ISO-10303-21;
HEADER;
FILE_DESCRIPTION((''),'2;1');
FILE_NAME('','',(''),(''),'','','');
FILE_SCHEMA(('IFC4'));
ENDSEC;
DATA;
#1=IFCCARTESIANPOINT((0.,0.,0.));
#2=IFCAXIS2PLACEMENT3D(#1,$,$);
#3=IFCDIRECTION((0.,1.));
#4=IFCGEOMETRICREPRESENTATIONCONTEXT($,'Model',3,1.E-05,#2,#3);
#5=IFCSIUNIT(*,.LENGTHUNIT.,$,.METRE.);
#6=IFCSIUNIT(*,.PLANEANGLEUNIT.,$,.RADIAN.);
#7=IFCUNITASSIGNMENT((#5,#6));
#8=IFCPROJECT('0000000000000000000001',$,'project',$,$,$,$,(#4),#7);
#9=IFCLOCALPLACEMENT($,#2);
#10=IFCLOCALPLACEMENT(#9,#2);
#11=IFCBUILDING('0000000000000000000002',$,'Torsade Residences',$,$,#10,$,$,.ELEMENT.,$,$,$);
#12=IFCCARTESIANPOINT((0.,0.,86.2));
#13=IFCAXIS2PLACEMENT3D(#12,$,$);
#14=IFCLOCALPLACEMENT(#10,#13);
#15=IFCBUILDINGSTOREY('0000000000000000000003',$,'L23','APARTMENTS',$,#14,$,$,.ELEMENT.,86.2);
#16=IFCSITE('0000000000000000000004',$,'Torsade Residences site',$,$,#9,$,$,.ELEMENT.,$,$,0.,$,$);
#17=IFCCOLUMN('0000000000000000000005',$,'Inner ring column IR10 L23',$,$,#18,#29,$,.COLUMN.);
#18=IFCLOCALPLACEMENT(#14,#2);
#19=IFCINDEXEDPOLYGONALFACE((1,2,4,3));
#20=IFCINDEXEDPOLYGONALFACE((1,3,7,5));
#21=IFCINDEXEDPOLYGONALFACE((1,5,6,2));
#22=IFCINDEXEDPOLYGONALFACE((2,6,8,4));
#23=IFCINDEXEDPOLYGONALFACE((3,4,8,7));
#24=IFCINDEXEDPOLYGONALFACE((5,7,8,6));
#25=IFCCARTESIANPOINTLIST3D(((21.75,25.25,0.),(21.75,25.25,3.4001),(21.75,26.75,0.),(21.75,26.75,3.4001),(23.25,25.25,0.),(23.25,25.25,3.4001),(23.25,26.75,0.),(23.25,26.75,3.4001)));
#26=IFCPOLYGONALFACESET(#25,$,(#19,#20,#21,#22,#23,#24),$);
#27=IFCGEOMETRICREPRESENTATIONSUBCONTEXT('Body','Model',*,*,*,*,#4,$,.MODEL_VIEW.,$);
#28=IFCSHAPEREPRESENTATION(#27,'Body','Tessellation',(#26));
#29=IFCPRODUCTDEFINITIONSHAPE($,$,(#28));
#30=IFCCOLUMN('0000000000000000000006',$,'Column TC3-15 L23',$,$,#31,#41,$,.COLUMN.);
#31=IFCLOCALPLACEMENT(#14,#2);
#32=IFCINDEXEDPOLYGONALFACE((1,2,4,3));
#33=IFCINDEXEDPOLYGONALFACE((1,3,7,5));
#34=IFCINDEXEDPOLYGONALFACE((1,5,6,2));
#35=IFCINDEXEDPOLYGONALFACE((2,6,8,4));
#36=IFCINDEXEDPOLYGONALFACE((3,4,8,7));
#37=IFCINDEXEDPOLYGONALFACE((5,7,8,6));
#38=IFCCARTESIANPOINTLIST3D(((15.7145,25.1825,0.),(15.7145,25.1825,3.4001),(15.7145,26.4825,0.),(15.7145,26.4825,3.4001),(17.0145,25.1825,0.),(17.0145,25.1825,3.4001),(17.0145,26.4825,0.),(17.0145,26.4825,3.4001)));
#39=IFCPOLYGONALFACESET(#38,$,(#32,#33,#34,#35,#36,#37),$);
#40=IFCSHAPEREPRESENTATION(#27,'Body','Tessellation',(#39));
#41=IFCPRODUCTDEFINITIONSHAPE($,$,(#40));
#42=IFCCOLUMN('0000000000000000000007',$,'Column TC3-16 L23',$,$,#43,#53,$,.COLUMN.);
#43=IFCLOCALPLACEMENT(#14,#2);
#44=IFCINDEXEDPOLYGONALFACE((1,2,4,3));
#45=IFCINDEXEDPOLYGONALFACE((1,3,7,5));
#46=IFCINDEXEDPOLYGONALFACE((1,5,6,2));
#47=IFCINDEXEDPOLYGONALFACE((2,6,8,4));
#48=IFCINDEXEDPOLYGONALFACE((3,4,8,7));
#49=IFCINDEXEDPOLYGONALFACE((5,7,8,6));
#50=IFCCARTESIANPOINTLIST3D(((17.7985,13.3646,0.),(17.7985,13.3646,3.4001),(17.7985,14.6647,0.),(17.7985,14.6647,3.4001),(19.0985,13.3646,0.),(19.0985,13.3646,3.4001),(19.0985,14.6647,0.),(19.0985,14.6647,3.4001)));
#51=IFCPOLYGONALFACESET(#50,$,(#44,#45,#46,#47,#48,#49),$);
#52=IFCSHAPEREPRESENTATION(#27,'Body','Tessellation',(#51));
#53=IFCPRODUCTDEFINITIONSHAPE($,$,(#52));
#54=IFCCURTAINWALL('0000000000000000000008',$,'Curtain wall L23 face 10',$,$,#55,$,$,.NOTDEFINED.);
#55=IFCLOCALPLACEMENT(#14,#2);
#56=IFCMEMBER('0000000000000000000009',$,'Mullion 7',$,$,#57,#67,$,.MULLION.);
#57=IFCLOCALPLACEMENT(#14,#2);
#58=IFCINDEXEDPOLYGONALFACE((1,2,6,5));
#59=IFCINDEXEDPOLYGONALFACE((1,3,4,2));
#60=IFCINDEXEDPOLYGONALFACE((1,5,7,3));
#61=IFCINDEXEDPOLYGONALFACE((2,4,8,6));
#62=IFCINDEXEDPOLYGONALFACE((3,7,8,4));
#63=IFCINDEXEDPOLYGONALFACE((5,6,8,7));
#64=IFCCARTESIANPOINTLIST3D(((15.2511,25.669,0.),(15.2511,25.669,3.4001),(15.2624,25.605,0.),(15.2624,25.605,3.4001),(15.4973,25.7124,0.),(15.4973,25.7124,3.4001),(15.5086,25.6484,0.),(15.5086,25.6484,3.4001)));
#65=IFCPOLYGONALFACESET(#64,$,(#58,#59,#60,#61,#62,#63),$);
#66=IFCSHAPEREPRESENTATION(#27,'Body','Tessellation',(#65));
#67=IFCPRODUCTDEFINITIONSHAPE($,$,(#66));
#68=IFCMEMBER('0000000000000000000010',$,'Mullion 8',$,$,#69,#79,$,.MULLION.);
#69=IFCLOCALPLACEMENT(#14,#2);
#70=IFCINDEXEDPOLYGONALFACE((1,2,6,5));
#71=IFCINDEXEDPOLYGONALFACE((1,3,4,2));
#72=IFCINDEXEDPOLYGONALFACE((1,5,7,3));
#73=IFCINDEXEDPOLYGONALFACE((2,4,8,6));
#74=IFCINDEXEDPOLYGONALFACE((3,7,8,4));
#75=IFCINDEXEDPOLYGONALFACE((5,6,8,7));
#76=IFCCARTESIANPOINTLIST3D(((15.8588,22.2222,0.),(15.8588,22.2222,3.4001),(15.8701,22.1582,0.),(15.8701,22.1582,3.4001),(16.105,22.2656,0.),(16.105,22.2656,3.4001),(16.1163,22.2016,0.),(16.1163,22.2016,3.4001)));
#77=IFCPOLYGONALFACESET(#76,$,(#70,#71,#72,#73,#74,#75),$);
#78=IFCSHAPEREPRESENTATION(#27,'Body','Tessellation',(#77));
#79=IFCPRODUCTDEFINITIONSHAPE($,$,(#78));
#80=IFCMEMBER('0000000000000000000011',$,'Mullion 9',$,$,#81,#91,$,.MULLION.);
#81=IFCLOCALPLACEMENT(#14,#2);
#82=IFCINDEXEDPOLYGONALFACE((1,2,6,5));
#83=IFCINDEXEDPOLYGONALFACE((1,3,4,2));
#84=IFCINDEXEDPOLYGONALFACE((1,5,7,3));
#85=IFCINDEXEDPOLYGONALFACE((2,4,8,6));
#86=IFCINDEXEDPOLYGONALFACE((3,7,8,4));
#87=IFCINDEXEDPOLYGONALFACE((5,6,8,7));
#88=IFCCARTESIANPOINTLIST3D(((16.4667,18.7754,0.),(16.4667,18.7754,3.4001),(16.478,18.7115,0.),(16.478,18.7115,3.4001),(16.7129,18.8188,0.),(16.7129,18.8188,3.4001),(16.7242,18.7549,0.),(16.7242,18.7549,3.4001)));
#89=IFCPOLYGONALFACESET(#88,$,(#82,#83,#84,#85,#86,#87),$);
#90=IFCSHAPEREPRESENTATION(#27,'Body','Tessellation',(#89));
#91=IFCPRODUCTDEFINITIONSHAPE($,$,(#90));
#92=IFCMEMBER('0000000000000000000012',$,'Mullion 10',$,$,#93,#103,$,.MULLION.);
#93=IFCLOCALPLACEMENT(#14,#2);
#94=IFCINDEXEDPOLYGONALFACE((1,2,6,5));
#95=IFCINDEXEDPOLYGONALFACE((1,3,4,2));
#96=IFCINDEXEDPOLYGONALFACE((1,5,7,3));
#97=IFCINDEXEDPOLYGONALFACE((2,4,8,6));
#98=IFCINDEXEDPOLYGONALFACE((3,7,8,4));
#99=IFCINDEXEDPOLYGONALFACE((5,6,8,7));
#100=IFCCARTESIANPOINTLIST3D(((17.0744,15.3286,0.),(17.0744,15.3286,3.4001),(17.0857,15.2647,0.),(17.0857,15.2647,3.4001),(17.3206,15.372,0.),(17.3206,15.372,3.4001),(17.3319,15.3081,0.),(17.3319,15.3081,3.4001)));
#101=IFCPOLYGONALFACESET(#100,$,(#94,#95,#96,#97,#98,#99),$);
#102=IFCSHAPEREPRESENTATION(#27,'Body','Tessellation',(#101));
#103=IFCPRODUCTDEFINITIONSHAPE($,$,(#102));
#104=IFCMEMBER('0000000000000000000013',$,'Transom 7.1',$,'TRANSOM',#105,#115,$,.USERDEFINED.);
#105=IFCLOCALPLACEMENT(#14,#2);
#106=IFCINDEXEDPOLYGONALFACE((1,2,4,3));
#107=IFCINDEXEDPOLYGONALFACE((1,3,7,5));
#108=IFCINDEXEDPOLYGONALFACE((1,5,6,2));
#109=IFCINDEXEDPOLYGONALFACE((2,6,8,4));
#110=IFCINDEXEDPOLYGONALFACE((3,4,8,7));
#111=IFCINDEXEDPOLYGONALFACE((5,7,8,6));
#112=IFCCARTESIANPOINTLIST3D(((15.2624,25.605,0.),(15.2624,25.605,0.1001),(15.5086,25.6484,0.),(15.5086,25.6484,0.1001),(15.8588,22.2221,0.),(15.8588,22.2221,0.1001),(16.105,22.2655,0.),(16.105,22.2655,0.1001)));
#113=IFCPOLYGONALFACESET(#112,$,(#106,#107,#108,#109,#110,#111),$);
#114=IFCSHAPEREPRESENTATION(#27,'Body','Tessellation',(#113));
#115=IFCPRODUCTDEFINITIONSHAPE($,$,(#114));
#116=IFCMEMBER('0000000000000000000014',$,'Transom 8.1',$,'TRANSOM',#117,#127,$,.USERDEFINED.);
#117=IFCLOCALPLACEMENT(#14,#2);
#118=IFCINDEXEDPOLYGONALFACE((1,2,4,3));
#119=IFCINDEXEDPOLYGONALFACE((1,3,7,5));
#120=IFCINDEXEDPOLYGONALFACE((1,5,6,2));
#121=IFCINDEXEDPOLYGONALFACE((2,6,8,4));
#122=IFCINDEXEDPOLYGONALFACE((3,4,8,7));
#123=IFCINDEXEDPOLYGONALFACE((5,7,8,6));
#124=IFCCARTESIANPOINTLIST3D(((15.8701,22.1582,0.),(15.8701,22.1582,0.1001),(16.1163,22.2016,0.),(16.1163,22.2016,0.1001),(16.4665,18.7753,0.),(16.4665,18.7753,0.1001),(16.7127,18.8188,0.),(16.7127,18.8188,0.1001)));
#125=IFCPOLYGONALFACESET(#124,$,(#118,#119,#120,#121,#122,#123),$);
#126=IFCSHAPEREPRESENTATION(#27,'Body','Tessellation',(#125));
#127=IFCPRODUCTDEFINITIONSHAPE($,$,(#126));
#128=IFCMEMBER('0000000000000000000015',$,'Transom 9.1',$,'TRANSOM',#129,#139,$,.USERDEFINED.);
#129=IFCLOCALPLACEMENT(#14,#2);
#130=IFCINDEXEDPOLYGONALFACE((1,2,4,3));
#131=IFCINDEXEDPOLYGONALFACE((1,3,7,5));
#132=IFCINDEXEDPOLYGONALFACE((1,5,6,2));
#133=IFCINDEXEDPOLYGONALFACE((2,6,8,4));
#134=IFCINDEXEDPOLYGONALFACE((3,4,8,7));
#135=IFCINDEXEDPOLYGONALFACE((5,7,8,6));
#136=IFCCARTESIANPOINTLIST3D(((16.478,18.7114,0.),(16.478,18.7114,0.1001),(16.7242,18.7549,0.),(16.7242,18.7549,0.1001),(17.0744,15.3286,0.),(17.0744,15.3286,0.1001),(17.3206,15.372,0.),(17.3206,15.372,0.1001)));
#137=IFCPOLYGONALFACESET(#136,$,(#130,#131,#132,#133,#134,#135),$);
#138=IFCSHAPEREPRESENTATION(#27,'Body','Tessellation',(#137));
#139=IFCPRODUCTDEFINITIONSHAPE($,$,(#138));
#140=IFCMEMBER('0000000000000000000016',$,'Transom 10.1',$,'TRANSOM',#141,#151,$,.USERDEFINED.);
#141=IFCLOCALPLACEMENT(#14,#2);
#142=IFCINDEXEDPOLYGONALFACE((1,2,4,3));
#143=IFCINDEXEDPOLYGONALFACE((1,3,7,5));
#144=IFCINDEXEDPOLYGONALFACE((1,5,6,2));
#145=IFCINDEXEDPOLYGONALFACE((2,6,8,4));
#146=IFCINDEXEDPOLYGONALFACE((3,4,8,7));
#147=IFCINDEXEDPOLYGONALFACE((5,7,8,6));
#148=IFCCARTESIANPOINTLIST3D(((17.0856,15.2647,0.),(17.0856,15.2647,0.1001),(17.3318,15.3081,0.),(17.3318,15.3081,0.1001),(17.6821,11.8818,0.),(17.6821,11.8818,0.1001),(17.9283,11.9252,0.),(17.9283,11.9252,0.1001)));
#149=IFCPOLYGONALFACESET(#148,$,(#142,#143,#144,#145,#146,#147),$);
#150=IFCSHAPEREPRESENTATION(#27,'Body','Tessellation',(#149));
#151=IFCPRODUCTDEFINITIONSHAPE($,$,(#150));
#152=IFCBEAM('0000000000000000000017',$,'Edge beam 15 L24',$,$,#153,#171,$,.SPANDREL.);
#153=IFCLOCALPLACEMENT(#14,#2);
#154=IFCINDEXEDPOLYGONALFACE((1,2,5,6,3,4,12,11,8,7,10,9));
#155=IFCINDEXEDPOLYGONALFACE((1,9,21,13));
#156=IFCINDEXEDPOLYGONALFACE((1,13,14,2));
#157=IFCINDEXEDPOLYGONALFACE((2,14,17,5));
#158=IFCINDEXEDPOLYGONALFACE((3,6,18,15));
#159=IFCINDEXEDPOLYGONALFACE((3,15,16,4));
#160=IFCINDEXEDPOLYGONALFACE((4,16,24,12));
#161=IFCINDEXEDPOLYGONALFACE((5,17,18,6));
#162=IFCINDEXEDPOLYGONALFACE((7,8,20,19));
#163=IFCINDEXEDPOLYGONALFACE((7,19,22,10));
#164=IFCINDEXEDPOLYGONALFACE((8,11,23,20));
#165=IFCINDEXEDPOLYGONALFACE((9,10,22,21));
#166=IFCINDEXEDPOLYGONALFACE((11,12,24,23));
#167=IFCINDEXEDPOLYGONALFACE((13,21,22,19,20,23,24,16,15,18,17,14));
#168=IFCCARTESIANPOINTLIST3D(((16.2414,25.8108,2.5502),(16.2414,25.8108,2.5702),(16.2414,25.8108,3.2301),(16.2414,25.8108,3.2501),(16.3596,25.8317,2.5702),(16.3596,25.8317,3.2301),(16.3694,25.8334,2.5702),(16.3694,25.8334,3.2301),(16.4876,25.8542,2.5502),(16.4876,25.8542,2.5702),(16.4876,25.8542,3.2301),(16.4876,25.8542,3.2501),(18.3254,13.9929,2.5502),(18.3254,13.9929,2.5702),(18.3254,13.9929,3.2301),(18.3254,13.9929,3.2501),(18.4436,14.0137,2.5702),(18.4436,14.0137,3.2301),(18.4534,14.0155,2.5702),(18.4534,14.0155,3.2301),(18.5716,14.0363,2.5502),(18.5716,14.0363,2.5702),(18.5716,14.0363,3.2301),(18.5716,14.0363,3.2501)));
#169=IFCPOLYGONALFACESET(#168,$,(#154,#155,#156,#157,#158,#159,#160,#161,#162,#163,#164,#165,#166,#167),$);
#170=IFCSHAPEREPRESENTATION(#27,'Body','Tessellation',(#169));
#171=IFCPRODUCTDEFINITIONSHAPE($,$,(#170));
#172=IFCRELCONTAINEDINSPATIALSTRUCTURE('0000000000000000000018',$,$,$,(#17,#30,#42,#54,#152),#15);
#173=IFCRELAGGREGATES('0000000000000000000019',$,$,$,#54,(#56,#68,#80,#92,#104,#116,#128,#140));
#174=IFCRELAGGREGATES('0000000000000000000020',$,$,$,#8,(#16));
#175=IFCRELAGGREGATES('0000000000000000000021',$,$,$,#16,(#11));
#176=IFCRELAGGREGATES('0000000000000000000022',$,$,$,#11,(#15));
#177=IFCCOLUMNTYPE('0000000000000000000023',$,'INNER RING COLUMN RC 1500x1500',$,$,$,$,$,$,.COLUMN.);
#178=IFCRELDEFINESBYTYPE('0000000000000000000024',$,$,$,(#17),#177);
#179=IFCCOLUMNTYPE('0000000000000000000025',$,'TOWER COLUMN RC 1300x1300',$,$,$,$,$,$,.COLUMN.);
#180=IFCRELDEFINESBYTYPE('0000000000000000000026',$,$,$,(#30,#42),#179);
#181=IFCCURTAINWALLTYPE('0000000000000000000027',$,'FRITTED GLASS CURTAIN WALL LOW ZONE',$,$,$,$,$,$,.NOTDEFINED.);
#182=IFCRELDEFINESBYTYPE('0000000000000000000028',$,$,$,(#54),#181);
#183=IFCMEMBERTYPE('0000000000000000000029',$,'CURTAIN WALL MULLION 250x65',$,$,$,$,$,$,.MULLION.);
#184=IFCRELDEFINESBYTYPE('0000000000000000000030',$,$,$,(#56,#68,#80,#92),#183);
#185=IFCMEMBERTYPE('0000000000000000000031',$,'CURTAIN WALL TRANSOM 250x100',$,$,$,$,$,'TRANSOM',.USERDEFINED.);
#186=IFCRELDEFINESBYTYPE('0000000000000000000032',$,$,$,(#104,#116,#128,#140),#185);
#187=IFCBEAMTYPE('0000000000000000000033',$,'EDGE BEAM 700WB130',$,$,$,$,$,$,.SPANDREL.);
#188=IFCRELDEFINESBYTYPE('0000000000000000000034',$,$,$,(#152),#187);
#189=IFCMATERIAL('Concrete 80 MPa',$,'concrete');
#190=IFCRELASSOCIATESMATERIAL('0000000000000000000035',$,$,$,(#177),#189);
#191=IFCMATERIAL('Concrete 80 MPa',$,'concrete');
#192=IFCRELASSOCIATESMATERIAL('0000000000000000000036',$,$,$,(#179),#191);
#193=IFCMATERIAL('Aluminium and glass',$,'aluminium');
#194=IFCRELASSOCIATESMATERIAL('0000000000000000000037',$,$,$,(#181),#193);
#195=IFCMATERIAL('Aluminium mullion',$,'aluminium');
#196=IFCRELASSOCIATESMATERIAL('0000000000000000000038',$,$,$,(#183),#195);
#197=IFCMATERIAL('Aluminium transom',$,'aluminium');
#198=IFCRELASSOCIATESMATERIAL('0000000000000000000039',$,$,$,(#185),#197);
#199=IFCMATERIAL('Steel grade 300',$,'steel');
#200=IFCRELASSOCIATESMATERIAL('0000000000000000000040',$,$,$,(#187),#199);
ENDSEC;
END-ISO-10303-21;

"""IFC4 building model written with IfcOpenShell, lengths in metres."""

from ifc_helpers import new_model, si_unit, direction, frame, origin, origin_2d, place, context, subcontext, project, spatial, rectangle, i_section, extrude, material, material_profile, profile_set, type_object, element, aggregate, save


model = new_model("IFC4")

# Units and contexts
model_context = context("Model", 3, precision=1e-05, world=origin(), true_north=direction((0.0, 1.0)))
body_context = subcontext(model_context, "Body", "Model", "MODEL_VIEW")
ifc_project = project(units=[si_unit("LENGTHUNIT", "METRE"), si_unit("PLANEANGLEUNIT", "RADIAN")], contexts=[model_context])

# Site, building, storey
site_placement = place(None, origin())
site = spatial("IfcSite", under=ifc_project, at=site_placement, Name="Torsade Residences site", CompositionType="ELEMENT", RefElevation=0.0)
building_placement = place(site_placement, origin())
building = spatial("IfcBuilding", under=site, at=building_placement, Name="Torsade Residences", CompositionType="ELEMENT")
storey_placement = place(building_placement, frame((0.0, 0.0, 86.2)))
storey = spatial("IfcBuildingStorey", under=building, at=storey_placement, Name="L23", Description="APARTMENTS", CompositionType="ELEMENT", Elevation=86.2)

# Columns
ifc_material_1 = material(Name="Concrete 80 MPa", Category="concrete")
ifc_material_profile_1 = material_profile(ifc_material_1, rectangle(XDim=1.5, YDim=1.5, at=origin_2d()), Name="RC 1500x1500")
ifc_profile_set_1 = profile_set([ifc_material_profile_1], Name="Concrete 80 MPa")
column_type_1 = type_object("IfcColumnType", Name="INNER RING COLUMN RC 1500x1500", PredefinedType="COLUMN", material=ifc_profile_set_1)
column_placement = place(storey_placement, frame((22.5, 26.0, 0.0), z_axis=(0.0, 0.0, 1.0), x_axis=(1.0, 0.0, 0.0)))
element("IfcColumn", 1, at=column_placement, inside=storey, type_object=column_type_1, Name="Inner ring column IR10 L23", PredefinedType="COLUMN", context=body_context, shape_type="SweptSolid", body=[
    extrude(rectangle(XDim=1.5, YDim=1.5, at=origin_2d()), origin(), (0.0, 0.0, 1.0), 3.4001),
])
ifc_material_2 = material(Name="Concrete 80 MPa", Category="concrete")
ifc_material_profile_2 = material_profile(ifc_material_2, rectangle(XDim=1.3, YDim=1.3, at=origin_2d()), Name="RC 1300x1300")
ifc_profile_set_2 = profile_set([ifc_material_profile_2], Name="Concrete 80 MPa")
column_type_2 = type_object("IfcColumnType", Name="TOWER COLUMN RC 1300x1300", PredefinedType="COLUMN", material=ifc_profile_set_2)
for number, where, z_axis, x_axis, name in (
    (2, (16.3645, 25.8325, 0.0), (0.0, 0.0, 1.0), (1.0, 0.0, 0.0), "Column TC3-15 L23"),
    (3, (18.4485, 14.0146, 0.0), (0.0, 0.0, 1.0), (1.0, 0.0, 0.0), "Column TC3-16 L23"),
):
    element("IfcColumn", number, at=place(storey_placement, frame(where, z_axis=z_axis, x_axis=x_axis)), inside=storey, type_object=column_type_2, Name=name, PredefinedType="COLUMN", context=body_context, shape_type="SweptSolid", body=[
        extrude(rectangle(XDim=1.3, YDim=1.3, at=origin_2d()), origin(), (0.0, 0.0, 1.0), 3.4001),
    ])

# Curtain wall, members
ifc_material_3 = material(Name="Aluminium and glass", Category="aluminium")
curtain_wall_type = type_object("IfcCurtainWallType", Name="FRITTED GLASS CURTAIN WALL LOW ZONE", PredefinedType="NOTDEFINED", material=ifc_material_3)
curtain_wall_placement = place(storey_placement, origin())
curtain_wall = element("IfcCurtainWall", 4, at=curtain_wall_placement, inside=storey, type_object=curtain_wall_type, Name="Curtain wall L23 face 10", PredefinedType="NOTDEFINED")
ifc_material_4 = material(Name="Aluminium mullion", Category="aluminium")
ifc_material_profile_3 = material_profile(ifc_material_4, rectangle(XDim=0.25, YDim=0.0649, at=origin_2d()), Name="CURTAIN WALL MULLION 250x65")
ifc_profile_set_3 = profile_set([ifc_material_profile_3], Name="Aluminium mullion")
member_type_1 = type_object("IfcMemberType", Name="CURTAIN WALL MULLION 250x65", PredefinedType="MULLION", material=ifc_profile_set_3)
member_1_placement = place(storey_placement, frame((15.3799, 25.6587, 0.0), z_axis=(0.0, 0.0, 1.0), x_axis=(0.984808, 0.173648, 0.0)))
member_1 = element("IfcMember", 5, at=member_1_placement, type_object=member_type_1, Name="Mullion 7", PredefinedType="MULLION", context=body_context, shape_type="SweptSolid", body=[
    extrude(rectangle(XDim=0.25, YDim=0.0649, at=origin_2d()), origin(), (0.0, 0.0, 1.0), 3.4001),
])
member_2_placement = place(storey_placement, frame((15.9875, 22.2119, 0.0), z_axis=(0.0, 0.0, 1.0), x_axis=(0.984808, 0.173648, 0.0)))
member_2 = element("IfcMember", 6, at=member_2_placement, type_object=member_type_1, Name="Mullion 8", PredefinedType="MULLION", context=body_context, shape_type="SweptSolid", body=[
    extrude(rectangle(XDim=0.25, YDim=0.0649, at=origin_2d()), origin(), (0.0, 0.0, 1.0), 3.4001),
])
member_3_placement = place(storey_placement, frame((16.5955, 18.7651, 0.0), z_axis=(0.0, 0.0, 1.0), x_axis=(0.984808, 0.173648, 0.0)))
member_3 = element("IfcMember", 7, at=member_3_placement, type_object=member_type_1, Name="Mullion 9", PredefinedType="MULLION", context=body_context, shape_type="SweptSolid", body=[
    extrude(rectangle(XDim=0.25, YDim=0.0649, at=origin_2d()), origin(), (0.0, 0.0, 1.0), 3.4001),
])
member_4_placement = place(storey_placement, frame((17.2031, 15.3184, 0.0), z_axis=(0.0, 0.0, 1.0), x_axis=(0.984808, 0.173648, 0.0)))
member_4 = element("IfcMember", 8, at=member_4_placement, type_object=member_type_1, Name="Mullion 10", PredefinedType="MULLION", context=body_context, shape_type="SweptSolid", body=[
    extrude(rectangle(XDim=0.25, YDim=0.0649, at=origin_2d()), origin(), (0.0, 0.0, 1.0), 3.4001),
])
ifc_material_5 = material(Name="Aluminium transom", Category="aluminium")
ifc_material_profile_4 = material_profile(ifc_material_5, rectangle(XDim=0.25, YDim=0.1001, at=origin_2d()), Name="CURTAIN WALL TRANSOM 250x100")
ifc_profile_set_4 = profile_set([ifc_material_profile_4], Name="Aluminium transom")
member_type_2 = type_object("IfcMemberType", Name="CURTAIN WALL TRANSOM 250x100", ElementType="TRANSOM", PredefinedType="USERDEFINED", material=ifc_profile_set_4)
member_5_placement = place(storey_placement, frame((15.3855, 25.6267, 0.05), z_axis=(0.173635, -0.98481, 0.0), x_axis=(0.98481, 0.173635, 0.0)))
member_5 = element("IfcMember", 9, at=member_5_placement, type_object=member_type_2, Name="Transom 7.1", ObjectType="TRANSOM", PredefinedType="USERDEFINED", context=body_context, shape_type="SweptSolid", body=[
    extrude(rectangle(XDim=0.25, YDim=0.1001, at=origin_2d()), origin(), (0.0, 0.0, 1.0), 3.4351),
])
member_6_placement = place(storey_placement, frame((15.9932, 22.1799, 0.05), z_axis=(0.173635, -0.98481, 0.0), x_axis=(0.98481, 0.173635, 0.0)))
member_6 = element("IfcMember", 10, at=member_6_placement, type_object=member_type_2, Name="Transom 8.1", ObjectType="TRANSOM", PredefinedType="USERDEFINED", context=body_context, shape_type="SweptSolid", body=[
    extrude(rectangle(XDim=0.25, YDim=0.1001, at=origin_2d()), origin(), (0.0, 0.0, 1.0), 3.4351),
])
member_7_placement = place(storey_placement, frame((16.6011, 18.7332, 0.05), z_axis=(0.173635, -0.98481, 0.0), x_axis=(0.98481, 0.173635, 0.0)))
member_7 = element("IfcMember", 11, at=member_7_placement, type_object=member_type_2, Name="Transom 9.1", ObjectType="TRANSOM", PredefinedType="USERDEFINED", context=body_context, shape_type="SweptSolid", body=[
    extrude(rectangle(XDim=0.25, YDim=0.1001, at=origin_2d()), origin(), (0.0, 0.0, 1.0), 3.4351),
])
member_8_placement = place(storey_placement, frame((17.2087, 15.2864, 0.05), z_axis=(0.173635, -0.98481, 0.0), x_axis=(0.98481, 0.173635, 0.0)))
member_8 = element("IfcMember", 12, at=member_8_placement, type_object=member_type_2, Name="Transom 10.1", ObjectType="TRANSOM", PredefinedType="USERDEFINED", context=body_context, shape_type="SweptSolid", body=[
    extrude(rectangle(XDim=0.25, YDim=0.1001, at=origin_2d()), origin(), (0.0, 0.0, 1.0), 3.4351),
])

# Beam
ifc_material_6 = material(Name="Steel grade 300", Category="steel")
ifc_material_profile_5 = material_profile(ifc_material_6, i_section(OverallWidth=0.25, OverallDepth=0.7, WebThickness=0.01, FlangeThickness=0.02, at=origin_2d()), Name="700WB130")
ifc_profile_set_5 = profile_set([ifc_material_profile_5], Name="Steel grade 300")
beam_type_1 = type_object("IfcBeamType", Name="EDGE BEAM 700WB130", PredefinedType="SPANDREL", material=ifc_profile_set_5)
beam_1_placement = place(storey_placement, frame((16.3645, 25.8325, 2.9001), z_axis=(0.173662, -0.984805, 0.0), x_axis=(0.984805, 0.173662, 0.0)))
element("IfcBeam", 13, at=beam_1_placement, inside=storey, type_object=beam_type_1, Name="Edge beam 15 L24", PredefinedType="SPANDREL", context=body_context, shape_type="SweptSolid", body=[
    extrude(i_section(OverallWidth=0.25, OverallDepth=0.7, WebThickness=0.01, FlangeThickness=0.02, at=origin_2d()), origin(), (0.0, 0.0, 1.0), 12.0002),
])

aggregate(curtain_wall, [member_1, member_2, member_3, member_4, member_5, member_6, member_7, member_8])

save(model, "model.ifc")
